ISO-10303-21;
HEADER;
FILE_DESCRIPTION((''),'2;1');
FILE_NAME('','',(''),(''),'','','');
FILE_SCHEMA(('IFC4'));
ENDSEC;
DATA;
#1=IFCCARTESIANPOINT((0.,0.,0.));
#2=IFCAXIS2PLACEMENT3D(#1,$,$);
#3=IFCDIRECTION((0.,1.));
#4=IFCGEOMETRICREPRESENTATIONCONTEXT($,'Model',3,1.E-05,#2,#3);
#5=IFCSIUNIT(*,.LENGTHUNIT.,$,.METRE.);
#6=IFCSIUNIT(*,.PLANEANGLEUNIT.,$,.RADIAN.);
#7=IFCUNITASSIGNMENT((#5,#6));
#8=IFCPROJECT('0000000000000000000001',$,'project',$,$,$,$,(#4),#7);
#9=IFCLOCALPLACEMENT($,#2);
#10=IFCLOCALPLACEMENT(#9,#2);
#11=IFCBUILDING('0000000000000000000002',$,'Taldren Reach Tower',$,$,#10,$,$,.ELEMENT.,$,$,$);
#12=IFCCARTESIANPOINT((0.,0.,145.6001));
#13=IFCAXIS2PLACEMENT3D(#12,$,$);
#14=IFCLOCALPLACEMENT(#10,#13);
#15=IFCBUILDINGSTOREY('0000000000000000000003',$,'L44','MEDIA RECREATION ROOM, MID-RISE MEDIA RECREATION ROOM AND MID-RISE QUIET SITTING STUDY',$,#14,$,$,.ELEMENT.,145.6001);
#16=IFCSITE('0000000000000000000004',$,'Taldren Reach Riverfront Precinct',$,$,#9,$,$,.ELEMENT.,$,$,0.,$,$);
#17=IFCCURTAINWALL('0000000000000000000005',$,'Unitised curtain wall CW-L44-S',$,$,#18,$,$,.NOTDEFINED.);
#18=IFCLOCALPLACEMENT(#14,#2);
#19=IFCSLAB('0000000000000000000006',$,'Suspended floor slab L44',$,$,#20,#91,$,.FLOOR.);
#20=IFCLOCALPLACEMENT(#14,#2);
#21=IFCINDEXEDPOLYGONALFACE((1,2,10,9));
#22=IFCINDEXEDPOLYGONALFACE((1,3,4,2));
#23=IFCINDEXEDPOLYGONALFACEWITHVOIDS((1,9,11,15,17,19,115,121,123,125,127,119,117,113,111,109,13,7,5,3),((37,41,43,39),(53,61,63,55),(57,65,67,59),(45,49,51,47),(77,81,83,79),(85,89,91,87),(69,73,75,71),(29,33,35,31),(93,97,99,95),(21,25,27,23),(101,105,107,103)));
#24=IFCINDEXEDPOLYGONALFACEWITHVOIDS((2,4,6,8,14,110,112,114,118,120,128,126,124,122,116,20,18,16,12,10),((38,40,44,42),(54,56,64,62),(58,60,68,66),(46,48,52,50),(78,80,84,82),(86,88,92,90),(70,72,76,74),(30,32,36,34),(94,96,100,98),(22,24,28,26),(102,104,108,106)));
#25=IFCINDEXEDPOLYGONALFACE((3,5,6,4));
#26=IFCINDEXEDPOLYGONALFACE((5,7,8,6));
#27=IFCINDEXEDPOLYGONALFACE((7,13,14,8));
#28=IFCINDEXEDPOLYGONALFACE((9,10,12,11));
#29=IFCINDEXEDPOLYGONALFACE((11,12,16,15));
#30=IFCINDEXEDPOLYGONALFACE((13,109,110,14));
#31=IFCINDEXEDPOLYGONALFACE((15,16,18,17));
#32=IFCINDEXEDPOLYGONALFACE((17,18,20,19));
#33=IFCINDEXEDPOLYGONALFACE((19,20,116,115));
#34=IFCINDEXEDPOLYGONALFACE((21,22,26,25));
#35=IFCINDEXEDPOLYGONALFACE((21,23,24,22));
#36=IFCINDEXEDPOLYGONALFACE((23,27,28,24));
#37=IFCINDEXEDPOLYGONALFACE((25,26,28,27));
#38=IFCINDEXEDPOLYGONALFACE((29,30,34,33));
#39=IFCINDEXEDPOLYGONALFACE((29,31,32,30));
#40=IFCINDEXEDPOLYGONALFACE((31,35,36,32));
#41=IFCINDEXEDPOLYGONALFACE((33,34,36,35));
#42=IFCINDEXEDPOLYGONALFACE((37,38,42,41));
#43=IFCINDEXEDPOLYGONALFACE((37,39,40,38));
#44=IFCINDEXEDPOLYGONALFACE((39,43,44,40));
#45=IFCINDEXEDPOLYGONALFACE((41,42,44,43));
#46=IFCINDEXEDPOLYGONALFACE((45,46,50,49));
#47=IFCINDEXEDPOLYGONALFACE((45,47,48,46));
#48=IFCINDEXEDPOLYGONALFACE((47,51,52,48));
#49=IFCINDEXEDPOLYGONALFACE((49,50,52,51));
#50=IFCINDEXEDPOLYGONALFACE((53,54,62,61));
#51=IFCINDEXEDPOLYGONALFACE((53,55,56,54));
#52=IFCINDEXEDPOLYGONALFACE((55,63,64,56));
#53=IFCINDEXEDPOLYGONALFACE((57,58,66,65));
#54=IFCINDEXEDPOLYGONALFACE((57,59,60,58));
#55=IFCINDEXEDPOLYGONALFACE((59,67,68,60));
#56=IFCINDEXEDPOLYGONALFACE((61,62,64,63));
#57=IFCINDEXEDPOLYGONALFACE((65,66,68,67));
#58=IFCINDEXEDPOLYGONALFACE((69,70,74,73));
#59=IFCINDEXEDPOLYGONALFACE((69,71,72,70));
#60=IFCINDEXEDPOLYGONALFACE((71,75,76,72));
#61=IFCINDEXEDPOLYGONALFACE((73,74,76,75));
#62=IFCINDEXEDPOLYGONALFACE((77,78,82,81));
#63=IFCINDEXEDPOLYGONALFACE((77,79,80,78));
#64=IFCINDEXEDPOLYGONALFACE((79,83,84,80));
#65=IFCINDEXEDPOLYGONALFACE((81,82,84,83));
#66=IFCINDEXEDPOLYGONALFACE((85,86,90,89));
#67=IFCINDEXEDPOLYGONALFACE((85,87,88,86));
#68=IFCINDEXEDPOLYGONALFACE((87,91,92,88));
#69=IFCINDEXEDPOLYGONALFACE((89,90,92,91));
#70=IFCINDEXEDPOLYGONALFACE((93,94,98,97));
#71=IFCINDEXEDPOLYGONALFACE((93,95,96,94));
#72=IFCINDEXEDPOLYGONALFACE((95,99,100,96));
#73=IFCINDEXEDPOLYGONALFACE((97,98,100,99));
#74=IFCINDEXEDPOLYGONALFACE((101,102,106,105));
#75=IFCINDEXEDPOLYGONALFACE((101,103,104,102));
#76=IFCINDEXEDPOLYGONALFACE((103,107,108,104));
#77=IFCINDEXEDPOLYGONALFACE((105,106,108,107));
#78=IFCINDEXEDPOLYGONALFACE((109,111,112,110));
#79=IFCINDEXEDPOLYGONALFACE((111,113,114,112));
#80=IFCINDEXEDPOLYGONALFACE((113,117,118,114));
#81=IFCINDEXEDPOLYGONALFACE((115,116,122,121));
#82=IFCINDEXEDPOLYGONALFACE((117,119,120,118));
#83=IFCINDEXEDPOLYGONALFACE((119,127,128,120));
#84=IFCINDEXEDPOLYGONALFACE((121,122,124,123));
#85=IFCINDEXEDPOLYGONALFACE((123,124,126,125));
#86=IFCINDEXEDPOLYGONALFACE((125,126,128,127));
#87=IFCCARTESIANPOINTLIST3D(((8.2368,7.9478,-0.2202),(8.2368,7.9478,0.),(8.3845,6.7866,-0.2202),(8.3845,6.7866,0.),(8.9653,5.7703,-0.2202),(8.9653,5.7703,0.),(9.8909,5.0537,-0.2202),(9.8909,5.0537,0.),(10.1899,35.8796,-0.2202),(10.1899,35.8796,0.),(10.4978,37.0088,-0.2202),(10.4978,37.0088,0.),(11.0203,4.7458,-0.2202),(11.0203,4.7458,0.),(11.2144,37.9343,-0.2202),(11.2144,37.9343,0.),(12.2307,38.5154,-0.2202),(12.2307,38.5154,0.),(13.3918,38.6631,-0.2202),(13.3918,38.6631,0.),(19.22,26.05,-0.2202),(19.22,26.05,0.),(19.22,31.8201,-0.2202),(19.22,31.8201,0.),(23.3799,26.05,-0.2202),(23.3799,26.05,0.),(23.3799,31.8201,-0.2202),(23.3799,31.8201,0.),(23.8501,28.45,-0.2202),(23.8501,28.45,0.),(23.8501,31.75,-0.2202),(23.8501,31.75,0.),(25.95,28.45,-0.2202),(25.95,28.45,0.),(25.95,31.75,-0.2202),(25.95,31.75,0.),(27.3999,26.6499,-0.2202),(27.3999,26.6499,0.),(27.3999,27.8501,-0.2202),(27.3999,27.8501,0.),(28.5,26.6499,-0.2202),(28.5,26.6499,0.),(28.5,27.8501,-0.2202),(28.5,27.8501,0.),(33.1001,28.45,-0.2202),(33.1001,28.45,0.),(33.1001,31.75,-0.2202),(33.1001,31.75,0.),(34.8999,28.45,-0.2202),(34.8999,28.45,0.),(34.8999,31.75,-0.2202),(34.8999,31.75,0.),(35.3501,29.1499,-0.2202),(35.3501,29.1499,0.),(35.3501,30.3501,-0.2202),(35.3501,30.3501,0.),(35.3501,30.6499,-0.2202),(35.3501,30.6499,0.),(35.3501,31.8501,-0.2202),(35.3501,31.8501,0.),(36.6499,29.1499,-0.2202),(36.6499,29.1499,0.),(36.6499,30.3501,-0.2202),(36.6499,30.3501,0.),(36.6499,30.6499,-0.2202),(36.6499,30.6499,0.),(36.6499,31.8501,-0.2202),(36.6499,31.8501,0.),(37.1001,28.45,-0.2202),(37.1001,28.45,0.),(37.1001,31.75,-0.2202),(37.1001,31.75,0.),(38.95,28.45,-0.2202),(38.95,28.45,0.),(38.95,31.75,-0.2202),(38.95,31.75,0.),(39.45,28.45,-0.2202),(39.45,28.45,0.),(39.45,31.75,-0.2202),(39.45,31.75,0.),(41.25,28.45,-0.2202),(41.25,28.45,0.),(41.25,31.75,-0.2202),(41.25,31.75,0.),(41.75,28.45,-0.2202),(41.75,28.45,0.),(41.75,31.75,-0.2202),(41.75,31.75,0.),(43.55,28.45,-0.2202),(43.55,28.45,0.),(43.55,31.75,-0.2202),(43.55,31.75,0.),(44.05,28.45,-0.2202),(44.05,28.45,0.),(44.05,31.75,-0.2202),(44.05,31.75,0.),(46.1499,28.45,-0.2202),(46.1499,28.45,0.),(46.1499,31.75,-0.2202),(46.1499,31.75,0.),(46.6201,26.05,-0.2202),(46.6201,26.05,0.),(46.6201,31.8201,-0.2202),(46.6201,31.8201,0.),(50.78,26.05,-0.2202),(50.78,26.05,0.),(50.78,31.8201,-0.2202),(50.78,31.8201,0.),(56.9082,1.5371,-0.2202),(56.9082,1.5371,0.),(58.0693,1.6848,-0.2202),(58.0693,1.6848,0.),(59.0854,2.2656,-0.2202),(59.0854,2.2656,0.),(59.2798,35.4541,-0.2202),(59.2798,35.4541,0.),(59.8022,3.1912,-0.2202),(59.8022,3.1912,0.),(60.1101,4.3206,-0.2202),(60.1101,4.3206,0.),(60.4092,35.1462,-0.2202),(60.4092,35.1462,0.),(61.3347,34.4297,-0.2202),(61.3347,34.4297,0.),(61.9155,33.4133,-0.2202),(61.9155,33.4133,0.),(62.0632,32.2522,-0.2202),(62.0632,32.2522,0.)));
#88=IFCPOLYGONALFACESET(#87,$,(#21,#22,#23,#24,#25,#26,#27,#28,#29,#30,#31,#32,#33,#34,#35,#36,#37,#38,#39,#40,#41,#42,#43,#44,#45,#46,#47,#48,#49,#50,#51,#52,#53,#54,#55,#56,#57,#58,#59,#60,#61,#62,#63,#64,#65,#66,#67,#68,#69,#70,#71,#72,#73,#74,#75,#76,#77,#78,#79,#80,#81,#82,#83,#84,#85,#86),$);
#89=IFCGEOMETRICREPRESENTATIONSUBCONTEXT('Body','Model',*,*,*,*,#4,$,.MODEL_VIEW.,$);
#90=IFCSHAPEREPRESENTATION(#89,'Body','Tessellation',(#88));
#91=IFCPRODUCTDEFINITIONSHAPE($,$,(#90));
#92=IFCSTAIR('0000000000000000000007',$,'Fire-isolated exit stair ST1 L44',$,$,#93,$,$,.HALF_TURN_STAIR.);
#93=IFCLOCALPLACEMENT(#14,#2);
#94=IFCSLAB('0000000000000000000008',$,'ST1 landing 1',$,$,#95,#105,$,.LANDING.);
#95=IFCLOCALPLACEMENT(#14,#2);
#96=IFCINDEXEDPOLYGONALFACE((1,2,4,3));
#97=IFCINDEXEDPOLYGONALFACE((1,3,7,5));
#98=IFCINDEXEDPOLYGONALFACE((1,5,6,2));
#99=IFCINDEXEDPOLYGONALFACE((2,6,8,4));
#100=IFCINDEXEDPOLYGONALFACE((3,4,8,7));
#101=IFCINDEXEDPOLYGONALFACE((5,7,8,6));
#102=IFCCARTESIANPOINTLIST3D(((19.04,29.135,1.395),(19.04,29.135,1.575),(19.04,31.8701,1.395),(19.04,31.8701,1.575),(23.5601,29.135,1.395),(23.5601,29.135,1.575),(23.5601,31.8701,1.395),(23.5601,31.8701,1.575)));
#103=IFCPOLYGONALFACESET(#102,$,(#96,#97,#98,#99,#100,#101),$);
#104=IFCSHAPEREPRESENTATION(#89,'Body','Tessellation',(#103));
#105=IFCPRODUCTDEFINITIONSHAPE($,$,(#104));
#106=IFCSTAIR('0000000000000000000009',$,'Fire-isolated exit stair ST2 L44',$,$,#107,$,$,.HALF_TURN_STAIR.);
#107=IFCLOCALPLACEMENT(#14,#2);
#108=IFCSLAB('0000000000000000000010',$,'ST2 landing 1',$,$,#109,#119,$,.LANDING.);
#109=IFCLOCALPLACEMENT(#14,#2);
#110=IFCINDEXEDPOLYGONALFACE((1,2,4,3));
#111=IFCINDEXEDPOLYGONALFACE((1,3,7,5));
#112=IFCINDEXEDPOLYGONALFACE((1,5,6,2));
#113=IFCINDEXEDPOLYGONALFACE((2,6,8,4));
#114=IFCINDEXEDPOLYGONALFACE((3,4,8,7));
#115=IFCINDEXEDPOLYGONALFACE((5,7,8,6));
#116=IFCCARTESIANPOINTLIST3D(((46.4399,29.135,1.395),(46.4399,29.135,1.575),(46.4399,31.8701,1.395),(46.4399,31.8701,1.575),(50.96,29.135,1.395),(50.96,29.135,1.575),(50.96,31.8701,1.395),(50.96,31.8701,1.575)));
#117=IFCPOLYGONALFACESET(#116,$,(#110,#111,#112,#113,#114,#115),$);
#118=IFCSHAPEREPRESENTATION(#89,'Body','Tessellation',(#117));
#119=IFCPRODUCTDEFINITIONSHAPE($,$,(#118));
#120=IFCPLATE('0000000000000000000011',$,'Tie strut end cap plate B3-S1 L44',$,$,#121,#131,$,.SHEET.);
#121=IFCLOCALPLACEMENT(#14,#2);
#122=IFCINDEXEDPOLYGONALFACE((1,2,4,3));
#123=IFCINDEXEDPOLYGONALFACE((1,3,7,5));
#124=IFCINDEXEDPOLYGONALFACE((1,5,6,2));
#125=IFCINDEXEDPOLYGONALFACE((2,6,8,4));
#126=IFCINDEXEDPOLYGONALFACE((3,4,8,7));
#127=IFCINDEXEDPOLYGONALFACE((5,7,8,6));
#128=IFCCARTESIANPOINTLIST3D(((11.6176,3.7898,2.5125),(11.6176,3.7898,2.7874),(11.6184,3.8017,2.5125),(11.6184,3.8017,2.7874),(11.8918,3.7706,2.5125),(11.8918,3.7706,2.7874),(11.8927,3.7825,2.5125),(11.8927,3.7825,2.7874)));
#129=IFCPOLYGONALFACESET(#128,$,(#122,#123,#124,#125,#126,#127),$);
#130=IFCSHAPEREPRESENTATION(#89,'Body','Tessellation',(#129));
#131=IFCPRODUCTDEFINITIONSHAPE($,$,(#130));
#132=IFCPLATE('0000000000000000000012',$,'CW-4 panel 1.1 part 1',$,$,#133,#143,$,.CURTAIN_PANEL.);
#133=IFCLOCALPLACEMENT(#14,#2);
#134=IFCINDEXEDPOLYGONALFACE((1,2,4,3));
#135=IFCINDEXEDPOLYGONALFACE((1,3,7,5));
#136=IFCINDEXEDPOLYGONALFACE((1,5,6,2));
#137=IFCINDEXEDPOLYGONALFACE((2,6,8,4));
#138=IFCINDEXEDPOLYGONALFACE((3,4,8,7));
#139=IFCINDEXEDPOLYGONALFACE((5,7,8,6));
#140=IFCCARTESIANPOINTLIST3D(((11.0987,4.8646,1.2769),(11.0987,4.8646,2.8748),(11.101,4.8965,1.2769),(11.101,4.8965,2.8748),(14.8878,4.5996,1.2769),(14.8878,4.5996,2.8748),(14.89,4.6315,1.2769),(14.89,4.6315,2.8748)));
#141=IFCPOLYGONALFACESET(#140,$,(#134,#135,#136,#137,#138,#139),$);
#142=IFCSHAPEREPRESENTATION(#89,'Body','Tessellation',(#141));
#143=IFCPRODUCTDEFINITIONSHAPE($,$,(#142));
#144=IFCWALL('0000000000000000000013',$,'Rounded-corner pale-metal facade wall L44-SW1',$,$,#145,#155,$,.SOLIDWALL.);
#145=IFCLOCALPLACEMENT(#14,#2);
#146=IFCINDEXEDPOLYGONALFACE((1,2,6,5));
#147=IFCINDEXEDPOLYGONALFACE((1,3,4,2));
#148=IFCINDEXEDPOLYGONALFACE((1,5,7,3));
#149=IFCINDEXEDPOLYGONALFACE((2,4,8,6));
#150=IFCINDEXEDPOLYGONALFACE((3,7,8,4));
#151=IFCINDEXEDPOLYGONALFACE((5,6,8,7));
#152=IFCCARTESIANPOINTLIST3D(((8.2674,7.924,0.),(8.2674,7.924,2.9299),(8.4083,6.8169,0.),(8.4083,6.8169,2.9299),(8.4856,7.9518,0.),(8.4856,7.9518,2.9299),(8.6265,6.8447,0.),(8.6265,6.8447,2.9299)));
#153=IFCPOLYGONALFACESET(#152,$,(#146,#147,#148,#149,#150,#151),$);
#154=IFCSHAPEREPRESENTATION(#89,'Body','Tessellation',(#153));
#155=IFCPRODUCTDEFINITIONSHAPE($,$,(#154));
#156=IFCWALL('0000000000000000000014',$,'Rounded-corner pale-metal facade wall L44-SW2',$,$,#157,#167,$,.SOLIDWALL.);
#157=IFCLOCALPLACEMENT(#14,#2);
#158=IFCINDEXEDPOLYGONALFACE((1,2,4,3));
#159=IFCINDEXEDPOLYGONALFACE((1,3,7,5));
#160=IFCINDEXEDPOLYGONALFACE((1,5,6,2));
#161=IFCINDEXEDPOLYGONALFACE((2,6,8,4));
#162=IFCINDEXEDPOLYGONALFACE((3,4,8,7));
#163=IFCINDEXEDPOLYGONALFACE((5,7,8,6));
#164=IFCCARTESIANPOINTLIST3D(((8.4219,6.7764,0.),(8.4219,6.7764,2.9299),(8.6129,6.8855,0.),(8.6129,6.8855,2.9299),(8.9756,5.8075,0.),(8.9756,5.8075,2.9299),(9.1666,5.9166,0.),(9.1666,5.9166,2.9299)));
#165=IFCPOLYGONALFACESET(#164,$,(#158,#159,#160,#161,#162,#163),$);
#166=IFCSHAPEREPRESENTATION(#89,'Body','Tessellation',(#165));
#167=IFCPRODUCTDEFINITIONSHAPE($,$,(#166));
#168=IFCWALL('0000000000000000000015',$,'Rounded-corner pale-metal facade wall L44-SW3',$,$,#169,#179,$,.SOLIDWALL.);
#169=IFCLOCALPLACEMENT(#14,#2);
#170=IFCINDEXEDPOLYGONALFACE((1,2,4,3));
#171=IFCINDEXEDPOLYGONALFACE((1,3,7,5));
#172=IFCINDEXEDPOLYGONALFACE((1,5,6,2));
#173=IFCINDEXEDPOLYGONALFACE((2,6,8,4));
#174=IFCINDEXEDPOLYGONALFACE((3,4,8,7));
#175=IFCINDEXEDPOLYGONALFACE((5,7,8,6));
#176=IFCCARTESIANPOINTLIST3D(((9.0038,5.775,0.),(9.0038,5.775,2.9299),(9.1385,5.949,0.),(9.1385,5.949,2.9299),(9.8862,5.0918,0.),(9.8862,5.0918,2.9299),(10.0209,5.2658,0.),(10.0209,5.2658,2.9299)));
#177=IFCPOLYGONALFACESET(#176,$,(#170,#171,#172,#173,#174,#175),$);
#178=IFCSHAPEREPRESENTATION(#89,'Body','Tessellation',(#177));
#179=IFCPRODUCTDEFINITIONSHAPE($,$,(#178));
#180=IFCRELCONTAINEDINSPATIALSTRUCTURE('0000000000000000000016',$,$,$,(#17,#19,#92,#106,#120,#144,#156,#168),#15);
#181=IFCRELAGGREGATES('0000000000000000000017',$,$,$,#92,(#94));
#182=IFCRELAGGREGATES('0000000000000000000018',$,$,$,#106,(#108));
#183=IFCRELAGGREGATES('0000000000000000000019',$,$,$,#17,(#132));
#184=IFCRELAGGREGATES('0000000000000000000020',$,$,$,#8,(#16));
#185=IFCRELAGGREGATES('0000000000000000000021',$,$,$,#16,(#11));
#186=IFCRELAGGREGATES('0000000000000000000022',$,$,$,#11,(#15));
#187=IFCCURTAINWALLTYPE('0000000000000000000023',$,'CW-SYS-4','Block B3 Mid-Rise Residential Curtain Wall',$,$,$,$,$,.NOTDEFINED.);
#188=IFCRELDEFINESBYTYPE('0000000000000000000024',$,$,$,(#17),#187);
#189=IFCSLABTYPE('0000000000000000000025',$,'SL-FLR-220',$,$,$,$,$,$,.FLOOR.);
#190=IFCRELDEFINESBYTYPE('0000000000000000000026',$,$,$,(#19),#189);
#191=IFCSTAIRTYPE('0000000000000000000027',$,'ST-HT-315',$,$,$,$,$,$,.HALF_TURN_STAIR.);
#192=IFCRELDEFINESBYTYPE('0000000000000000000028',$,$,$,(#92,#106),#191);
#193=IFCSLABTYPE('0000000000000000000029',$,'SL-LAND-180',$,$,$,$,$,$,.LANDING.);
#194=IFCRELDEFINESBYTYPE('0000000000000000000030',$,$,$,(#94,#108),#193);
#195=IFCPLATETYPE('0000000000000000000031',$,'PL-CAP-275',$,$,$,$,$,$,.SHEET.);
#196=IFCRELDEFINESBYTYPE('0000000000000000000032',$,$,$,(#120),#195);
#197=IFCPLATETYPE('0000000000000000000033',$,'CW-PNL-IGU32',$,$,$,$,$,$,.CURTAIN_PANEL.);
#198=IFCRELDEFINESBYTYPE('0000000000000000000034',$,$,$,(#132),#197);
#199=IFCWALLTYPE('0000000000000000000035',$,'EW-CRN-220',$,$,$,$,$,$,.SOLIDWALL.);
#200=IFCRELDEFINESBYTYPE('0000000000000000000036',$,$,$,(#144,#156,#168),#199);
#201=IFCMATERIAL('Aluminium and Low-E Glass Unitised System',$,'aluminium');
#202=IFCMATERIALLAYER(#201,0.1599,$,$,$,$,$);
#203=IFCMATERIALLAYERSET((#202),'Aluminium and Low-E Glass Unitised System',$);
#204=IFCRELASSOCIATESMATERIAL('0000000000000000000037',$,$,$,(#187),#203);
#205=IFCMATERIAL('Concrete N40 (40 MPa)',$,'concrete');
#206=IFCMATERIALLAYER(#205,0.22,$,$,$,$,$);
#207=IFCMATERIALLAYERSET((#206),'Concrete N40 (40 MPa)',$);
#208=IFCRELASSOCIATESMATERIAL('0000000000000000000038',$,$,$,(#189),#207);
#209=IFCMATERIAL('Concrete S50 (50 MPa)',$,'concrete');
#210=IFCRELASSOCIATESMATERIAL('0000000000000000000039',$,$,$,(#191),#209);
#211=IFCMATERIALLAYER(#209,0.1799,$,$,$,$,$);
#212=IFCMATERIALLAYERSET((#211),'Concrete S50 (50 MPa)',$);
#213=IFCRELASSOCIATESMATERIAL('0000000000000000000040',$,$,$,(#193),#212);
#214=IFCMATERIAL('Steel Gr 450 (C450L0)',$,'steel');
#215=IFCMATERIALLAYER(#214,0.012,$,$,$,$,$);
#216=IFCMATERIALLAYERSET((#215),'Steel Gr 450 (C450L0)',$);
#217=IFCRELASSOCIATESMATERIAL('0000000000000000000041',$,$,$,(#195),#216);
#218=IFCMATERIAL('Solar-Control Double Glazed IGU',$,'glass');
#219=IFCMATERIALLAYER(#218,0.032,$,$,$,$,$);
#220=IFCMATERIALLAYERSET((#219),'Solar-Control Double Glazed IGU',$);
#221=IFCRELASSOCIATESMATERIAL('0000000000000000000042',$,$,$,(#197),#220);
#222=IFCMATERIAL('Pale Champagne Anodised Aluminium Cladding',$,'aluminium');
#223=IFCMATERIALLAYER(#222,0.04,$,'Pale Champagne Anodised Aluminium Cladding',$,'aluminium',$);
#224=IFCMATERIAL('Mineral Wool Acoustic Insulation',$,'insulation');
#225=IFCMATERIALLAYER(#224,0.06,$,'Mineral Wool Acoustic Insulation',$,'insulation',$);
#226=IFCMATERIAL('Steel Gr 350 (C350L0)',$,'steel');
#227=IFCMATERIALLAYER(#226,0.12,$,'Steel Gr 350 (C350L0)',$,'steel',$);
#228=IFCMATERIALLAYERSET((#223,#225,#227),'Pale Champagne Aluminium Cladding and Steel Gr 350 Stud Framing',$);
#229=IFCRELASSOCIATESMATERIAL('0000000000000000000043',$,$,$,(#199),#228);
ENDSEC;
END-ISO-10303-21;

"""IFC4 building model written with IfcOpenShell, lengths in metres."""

from ifc_helpers import new_model, si_unit, direction, frame, frame_2d, origin, origin_2d, place, context, subcontext, project, spatial, polyline, rectangle, outline, extrude, source, transform, mapped, material, layer, layer_set, type_object, element, aggregate, save


model = new_model("IFC4")

# Units and contexts
model_context = context("Model", 3, precision=1e-05, world=origin(), true_north=direction((0.0, 1.0)))
body_context = subcontext(model_context, "Body", "Model", "MODEL_VIEW")
ifc_project = project(units=[si_unit("LENGTHUNIT", "METRE"), si_unit("PLANEANGLEUNIT", "RADIAN")], contexts=[model_context])

# Site, building, storey
site_placement = place(None, origin())
site = spatial("IfcSite", under=ifc_project, at=site_placement, Name="Taldren Reach Riverfront Precinct", CompositionType="ELEMENT", RefElevation=0.0)
building_placement = place(site_placement, origin())
building = spatial("IfcBuilding", under=site, at=building_placement, Name="Taldren Reach Tower", CompositionType="ELEMENT")
storey_placement = place(building_placement, frame((0.0, 0.0, 145.6001)))
storey = spatial("IfcBuildingStorey", under=building, at=storey_placement, Name="L44", Description="MEDIA RECREATION ROOM, MID-RISE MEDIA RECREATION ROOM AND MID-RISE QUIET SITTING STUDY", CompositionType="ELEMENT", Elevation=145.6001)

# Shared definitions
ifc_material_1 = material(Name="Steel Gr 450 (C450L0)", Category="steel")

# Shared definitions
ifc_material_2 = material(Name="Steel Gr 350 (C350L0)", Category="steel")

# Curtain wall
ifc_material_3 = material(Name="Aluminium and Low-E Glass Unitised System", Category="aluminium")
ifc_layer_1 = layer(ifc_material_3, 0.1599)
ifc_layer_set_1 = layer_set([ifc_layer_1], Name="Aluminium and Low-E Glass Unitised System")
curtain_wall_type = type_object("IfcCurtainWallType", Name="CW-SYS-4", Description="Block B3 Mid-Rise Residential Curtain Wall", PredefinedType="NOTDEFINED", material=ifc_layer_set_1)
curtain_wall_1_placement = place(storey_placement, origin())
curtain_wall_1 = element("IfcCurtainWall", 1, at=curtain_wall_1_placement, inside=storey, type_object=curtain_wall_type, Name="Unitised curtain wall CW-L44-S", PredefinedType="NOTDEFINED")

# Slab
ifc_material_4 = material(Name="Concrete N40 (40 MPa)", Category="concrete")
ifc_layer_2 = layer(ifc_material_4, 0.22)
ifc_layer_set_2 = layer_set([ifc_layer_2], Name="Concrete N40 (40 MPa)")
slab_type_1 = type_object("IfcSlabType", Name="SL-FLR-220", PredefinedType="FLOOR", material=ifc_layer_set_2)
slab_1_placement = place(storey_placement, frame((0.0, 0.0, -0.2202)))
element("IfcSlab", 2, at=slab_1_placement, inside=storey, type_object=slab_type_1, Name="Suspended floor slab L44", PredefinedType="FLOOR", context=body_context, shape_type="SweptSolid", body=[
    extrude(outline(polyline([(56.9082, 1.5371), (58.0693, 1.6848), (59.0854, 2.2656), (59.8022, 3.1912), (60.1101, 4.3206), (62.0632, 32.2522), (61.9155, 33.4133), (61.3347, 34.4297), (60.4092, 35.1462), (59.2798, 35.4541), (13.3918, 38.6631), (12.2307, 38.5154), (11.2144, 37.9343), (10.4978, 37.0088), (10.1899, 35.8796), (8.2368, 7.9478), (8.3845, 6.7866), (8.9653, 5.7703), (9.8909, 5.0537), (11.0203, 4.7458), (56.9082, 1.5371)]), holes=[polyline([(19.22, 26.05), (23.3799, 26.05), (23.3799, 31.8201), (19.22, 31.8201), (19.22, 26.05)]), polyline([(46.6201, 26.05), (50.78, 26.05), (50.78, 31.8201), (46.6201, 31.8201), (46.6201, 26.05)]), polyline([(23.8501, 28.45), (25.95, 28.45), (25.95, 31.75), (23.8501, 31.75), (23.8501, 28.45)]), polyline([(44.05, 28.45), (46.1499, 28.45), (46.1499, 31.75), (44.05, 31.75), (44.05, 28.45)]), polyline([(33.1001, 28.45), (34.8999, 28.45), (34.8999, 31.75), (33.1001, 31.75), (33.1001, 28.45)]), polyline([(37.1001, 28.45), (38.95, 28.45), (38.95, 31.75), (37.1001, 31.75), (37.1001, 28.45)]), polyline([(39.45, 28.45), (41.25, 28.45), (41.25, 31.75), (39.45, 31.75), (39.45, 28.45)]), polyline([(41.75, 28.45), (43.55, 28.45), (43.55, 31.75), (41.75, 31.75), (41.75, 28.45)]), polyline([(35.3501, 30.6499), (36.6499, 30.6499), (36.6499, 31.8501), (35.3501, 31.8501), (35.3501, 30.6499)]), polyline([(35.3501, 29.1499), (36.6499, 29.1499), (36.6499, 30.3501), (35.3501, 30.3501), (35.3501, 29.1499)]), polyline([(27.3999, 26.6499), (28.5, 26.6499), (28.5, 27.8501), (27.3999, 27.8501), (27.3999, 26.6499)])]), origin(), (0.0, 0.0, 1.0), 0.2202),
])

# Stairs, slabs
ifc_material_5 = material(Name="Concrete S50 (50 MPa)", Category="concrete")
stair_type = type_object("IfcStairType", Name="ST-HT-315", PredefinedType="HALF_TURN_STAIR", material=ifc_material_5)
stair_1_placement = place(storey_placement, origin())
stair_1 = element("IfcStair", 3, at=stair_1_placement, inside=storey, type_object=stair_type, Name="Fire-isolated exit stair ST1 L44", PredefinedType="HALF_TURN_STAIR")
ifc_layer_3 = layer(ifc_material_5, 0.1799)
ifc_layer_set_3 = layer_set([ifc_layer_3], Name="Concrete S50 (50 MPa)")
slab_type_2 = type_object("IfcSlabType", Name="SL-LAND-180", PredefinedType="LANDING", material=ifc_layer_set_3)
slab_2_placement = place(storey_placement, frame((0.0, 0.0, 1.395)))
slab_2 = element("IfcSlab", 4, at=slab_2_placement, type_object=slab_type_2, Name="ST1 landing 1", PredefinedType="LANDING", context=body_context, shape_type="SweptSolid", body=[
    extrude(outline(polyline([(19.04, 29.135), (23.5601, 29.135), (23.5601, 31.8701), (19.04, 31.8701), (19.04, 29.135)])), origin(), (0.0, 0.0, 1.0), 0.1799),
])
aggregate(stair_1, [slab_2])
stair_2_placement = place(storey_placement, origin())
stair_2 = element("IfcStair", 5, at=stair_2_placement, inside=storey, type_object=stair_type, Name="Fire-isolated exit stair ST2 L44", PredefinedType="HALF_TURN_STAIR")
slab_3_placement = place(storey_placement, frame((0.0, 0.0, 1.395)))
slab_3 = element("IfcSlab", 6, at=slab_3_placement, type_object=slab_type_2, Name="ST2 landing 1", PredefinedType="LANDING", context=body_context, shape_type="SweptSolid", body=[
    extrude(outline(polyline([(46.4399, 29.135), (50.96, 29.135), (50.96, 31.8701), (46.4399, 31.8701), (46.4399, 29.135)])), origin(), (0.0, 0.0, 1.0), 0.1799),
])
aggregate(stair_2, [slab_3])

# Plates
ifc_layer_4 = layer(ifc_material_1, 0.012)
ifc_layer_set_4 = layer_set([ifc_layer_4], Name="Steel Gr 450 (C450L0)")
plate_type_1 = type_object("IfcPlateType", Name="PL-CAP-275", PredefinedType="SHEET", material=ifc_layer_set_4)
shared_shape_1 = source(origin(), body_context, "Body", "SweptSolid", [
    extrude(rectangle(XDim=0.2749, YDim=0.012, at=origin_2d()), origin(), (0.0, 0.0, 1.0), 0.2749),
])
plate_1_placement = place(storey_placement, frame((11.7551, 3.7861, 2.5125), z_axis=(0.0, 0.0, 1.0), x_axis=(0.997564, -0.069756, 0.0)))
element("IfcPlate", 7, at=plate_1_placement, inside=storey, type_object=plate_type_1, Name="Tie strut end cap plate B3-S1 L44", PredefinedType="SHEET", context=body_context, shape_type="MappedRepresentation", body=[
    mapped(shared_shape_1, transform((0.0, 0.0, 0.0), scale=1.0)),
])
ifc_material_6 = material(Name="Solar-Control Double Glazed IGU", Category="glass")
ifc_layer_5 = layer(ifc_material_6, 0.032)
ifc_layer_set_5 = layer_set([ifc_layer_5], Name="Solar-Control Double Glazed IGU")
plate_type_2 = type_object("IfcPlateType", Name="CW-PNL-IGU32", PredefinedType="CURTAIN_PANEL", material=ifc_layer_set_5)
shared_shape_2 = source(origin(), body_context, "Body", "SweptSolid", [
    extrude(rectangle(XDim=3.7983, YDim=0.032, at=origin_2d()), origin(), (0.0, 0.0, 1.0), 1.5979),
])
plate_2_placement = place(storey_placement, frame((12.9944, 4.748, 1.2769), z_axis=(0.0, 0.0, 1.0), x_axis=(0.997564, -0.069757, 0.0)))
plate_2 = element("IfcPlate", 8, at=plate_2_placement, type_object=plate_type_2, Name="CW-4 panel 1.1 part 1", PredefinedType="CURTAIN_PANEL", context=body_context, shape_type="MappedRepresentation", body=[
    mapped(shared_shape_2, transform((0.0, 0.0, 0.0), scale=1.0)),
])
aggregate(curtain_wall_1, [plate_2])

# Walls
ifc_material_7 = material(Name="Pale Champagne Anodised Aluminium Cladding", Category="aluminium")
ifc_layer_6 = layer(ifc_material_7, 0.04, Name="Pale Champagne Anodised Aluminium Cladding", Category="aluminium")
ifc_material_8 = material(Name="Mineral Wool Acoustic Insulation", Category="insulation")
ifc_layer_7 = layer(ifc_material_8, 0.06, Name="Mineral Wool Acoustic Insulation", Category="insulation")
ifc_layer_8 = layer(ifc_material_2, 0.12, Name="Steel Gr 350 (C350L0)", Category="steel")
ifc_layer_set_6 = layer_set([ifc_layer_6, ifc_layer_7, ifc_layer_8], Name="Pale Champagne Aluminium Cladding and Steel Gr 350 Stud Framing")
wall_type = type_object("IfcWallType", Name="EW-CRN-220", PredefinedType="SOLIDWALL", material=ifc_layer_set_6)
shared_shape_3 = source(origin(), body_context, "Body", "SweptSolid", [
    extrude(rectangle(XDim=1.116, YDim=0.22, at=frame_2d((0.5581, 0.0))), origin(), (0.0, 0.0, 1.0), 2.9299),
])
for number, where, z_axis, x_axis, name in (
    (9, (8.3765, 7.938, 0.0), (0.0, 0.0, 1.0), (0.126243, -0.991999, 0.0), "Rounded-corner pale-metal facade wall L44-SW1"),
    (10, (8.5173, 6.8311, 0.0), (0.0, 0.0, 1.0), (0.496139, -0.868243, 0.0), "Rounded-corner pale-metal facade wall L44-SW2"),
    (11, (9.071, 5.8621, 0.0), (0.0, 0.0, 1.0), (0.790717, -0.612182, 0.0), "Rounded-corner pale-metal facade wall L44-SW3"),
):
    element("IfcWall", number, at=place(storey_placement, frame(where, z_axis=z_axis, x_axis=x_axis)), inside=storey, type_object=wall_type, Name=name, PredefinedType="SOLIDWALL", context=body_context, shape_type="MappedRepresentation", body=[
        mapped(shared_shape_3, transform((0.0, 0.0, 0.0), scale=1.0)),
    ])

save(model, "model.ifc")
